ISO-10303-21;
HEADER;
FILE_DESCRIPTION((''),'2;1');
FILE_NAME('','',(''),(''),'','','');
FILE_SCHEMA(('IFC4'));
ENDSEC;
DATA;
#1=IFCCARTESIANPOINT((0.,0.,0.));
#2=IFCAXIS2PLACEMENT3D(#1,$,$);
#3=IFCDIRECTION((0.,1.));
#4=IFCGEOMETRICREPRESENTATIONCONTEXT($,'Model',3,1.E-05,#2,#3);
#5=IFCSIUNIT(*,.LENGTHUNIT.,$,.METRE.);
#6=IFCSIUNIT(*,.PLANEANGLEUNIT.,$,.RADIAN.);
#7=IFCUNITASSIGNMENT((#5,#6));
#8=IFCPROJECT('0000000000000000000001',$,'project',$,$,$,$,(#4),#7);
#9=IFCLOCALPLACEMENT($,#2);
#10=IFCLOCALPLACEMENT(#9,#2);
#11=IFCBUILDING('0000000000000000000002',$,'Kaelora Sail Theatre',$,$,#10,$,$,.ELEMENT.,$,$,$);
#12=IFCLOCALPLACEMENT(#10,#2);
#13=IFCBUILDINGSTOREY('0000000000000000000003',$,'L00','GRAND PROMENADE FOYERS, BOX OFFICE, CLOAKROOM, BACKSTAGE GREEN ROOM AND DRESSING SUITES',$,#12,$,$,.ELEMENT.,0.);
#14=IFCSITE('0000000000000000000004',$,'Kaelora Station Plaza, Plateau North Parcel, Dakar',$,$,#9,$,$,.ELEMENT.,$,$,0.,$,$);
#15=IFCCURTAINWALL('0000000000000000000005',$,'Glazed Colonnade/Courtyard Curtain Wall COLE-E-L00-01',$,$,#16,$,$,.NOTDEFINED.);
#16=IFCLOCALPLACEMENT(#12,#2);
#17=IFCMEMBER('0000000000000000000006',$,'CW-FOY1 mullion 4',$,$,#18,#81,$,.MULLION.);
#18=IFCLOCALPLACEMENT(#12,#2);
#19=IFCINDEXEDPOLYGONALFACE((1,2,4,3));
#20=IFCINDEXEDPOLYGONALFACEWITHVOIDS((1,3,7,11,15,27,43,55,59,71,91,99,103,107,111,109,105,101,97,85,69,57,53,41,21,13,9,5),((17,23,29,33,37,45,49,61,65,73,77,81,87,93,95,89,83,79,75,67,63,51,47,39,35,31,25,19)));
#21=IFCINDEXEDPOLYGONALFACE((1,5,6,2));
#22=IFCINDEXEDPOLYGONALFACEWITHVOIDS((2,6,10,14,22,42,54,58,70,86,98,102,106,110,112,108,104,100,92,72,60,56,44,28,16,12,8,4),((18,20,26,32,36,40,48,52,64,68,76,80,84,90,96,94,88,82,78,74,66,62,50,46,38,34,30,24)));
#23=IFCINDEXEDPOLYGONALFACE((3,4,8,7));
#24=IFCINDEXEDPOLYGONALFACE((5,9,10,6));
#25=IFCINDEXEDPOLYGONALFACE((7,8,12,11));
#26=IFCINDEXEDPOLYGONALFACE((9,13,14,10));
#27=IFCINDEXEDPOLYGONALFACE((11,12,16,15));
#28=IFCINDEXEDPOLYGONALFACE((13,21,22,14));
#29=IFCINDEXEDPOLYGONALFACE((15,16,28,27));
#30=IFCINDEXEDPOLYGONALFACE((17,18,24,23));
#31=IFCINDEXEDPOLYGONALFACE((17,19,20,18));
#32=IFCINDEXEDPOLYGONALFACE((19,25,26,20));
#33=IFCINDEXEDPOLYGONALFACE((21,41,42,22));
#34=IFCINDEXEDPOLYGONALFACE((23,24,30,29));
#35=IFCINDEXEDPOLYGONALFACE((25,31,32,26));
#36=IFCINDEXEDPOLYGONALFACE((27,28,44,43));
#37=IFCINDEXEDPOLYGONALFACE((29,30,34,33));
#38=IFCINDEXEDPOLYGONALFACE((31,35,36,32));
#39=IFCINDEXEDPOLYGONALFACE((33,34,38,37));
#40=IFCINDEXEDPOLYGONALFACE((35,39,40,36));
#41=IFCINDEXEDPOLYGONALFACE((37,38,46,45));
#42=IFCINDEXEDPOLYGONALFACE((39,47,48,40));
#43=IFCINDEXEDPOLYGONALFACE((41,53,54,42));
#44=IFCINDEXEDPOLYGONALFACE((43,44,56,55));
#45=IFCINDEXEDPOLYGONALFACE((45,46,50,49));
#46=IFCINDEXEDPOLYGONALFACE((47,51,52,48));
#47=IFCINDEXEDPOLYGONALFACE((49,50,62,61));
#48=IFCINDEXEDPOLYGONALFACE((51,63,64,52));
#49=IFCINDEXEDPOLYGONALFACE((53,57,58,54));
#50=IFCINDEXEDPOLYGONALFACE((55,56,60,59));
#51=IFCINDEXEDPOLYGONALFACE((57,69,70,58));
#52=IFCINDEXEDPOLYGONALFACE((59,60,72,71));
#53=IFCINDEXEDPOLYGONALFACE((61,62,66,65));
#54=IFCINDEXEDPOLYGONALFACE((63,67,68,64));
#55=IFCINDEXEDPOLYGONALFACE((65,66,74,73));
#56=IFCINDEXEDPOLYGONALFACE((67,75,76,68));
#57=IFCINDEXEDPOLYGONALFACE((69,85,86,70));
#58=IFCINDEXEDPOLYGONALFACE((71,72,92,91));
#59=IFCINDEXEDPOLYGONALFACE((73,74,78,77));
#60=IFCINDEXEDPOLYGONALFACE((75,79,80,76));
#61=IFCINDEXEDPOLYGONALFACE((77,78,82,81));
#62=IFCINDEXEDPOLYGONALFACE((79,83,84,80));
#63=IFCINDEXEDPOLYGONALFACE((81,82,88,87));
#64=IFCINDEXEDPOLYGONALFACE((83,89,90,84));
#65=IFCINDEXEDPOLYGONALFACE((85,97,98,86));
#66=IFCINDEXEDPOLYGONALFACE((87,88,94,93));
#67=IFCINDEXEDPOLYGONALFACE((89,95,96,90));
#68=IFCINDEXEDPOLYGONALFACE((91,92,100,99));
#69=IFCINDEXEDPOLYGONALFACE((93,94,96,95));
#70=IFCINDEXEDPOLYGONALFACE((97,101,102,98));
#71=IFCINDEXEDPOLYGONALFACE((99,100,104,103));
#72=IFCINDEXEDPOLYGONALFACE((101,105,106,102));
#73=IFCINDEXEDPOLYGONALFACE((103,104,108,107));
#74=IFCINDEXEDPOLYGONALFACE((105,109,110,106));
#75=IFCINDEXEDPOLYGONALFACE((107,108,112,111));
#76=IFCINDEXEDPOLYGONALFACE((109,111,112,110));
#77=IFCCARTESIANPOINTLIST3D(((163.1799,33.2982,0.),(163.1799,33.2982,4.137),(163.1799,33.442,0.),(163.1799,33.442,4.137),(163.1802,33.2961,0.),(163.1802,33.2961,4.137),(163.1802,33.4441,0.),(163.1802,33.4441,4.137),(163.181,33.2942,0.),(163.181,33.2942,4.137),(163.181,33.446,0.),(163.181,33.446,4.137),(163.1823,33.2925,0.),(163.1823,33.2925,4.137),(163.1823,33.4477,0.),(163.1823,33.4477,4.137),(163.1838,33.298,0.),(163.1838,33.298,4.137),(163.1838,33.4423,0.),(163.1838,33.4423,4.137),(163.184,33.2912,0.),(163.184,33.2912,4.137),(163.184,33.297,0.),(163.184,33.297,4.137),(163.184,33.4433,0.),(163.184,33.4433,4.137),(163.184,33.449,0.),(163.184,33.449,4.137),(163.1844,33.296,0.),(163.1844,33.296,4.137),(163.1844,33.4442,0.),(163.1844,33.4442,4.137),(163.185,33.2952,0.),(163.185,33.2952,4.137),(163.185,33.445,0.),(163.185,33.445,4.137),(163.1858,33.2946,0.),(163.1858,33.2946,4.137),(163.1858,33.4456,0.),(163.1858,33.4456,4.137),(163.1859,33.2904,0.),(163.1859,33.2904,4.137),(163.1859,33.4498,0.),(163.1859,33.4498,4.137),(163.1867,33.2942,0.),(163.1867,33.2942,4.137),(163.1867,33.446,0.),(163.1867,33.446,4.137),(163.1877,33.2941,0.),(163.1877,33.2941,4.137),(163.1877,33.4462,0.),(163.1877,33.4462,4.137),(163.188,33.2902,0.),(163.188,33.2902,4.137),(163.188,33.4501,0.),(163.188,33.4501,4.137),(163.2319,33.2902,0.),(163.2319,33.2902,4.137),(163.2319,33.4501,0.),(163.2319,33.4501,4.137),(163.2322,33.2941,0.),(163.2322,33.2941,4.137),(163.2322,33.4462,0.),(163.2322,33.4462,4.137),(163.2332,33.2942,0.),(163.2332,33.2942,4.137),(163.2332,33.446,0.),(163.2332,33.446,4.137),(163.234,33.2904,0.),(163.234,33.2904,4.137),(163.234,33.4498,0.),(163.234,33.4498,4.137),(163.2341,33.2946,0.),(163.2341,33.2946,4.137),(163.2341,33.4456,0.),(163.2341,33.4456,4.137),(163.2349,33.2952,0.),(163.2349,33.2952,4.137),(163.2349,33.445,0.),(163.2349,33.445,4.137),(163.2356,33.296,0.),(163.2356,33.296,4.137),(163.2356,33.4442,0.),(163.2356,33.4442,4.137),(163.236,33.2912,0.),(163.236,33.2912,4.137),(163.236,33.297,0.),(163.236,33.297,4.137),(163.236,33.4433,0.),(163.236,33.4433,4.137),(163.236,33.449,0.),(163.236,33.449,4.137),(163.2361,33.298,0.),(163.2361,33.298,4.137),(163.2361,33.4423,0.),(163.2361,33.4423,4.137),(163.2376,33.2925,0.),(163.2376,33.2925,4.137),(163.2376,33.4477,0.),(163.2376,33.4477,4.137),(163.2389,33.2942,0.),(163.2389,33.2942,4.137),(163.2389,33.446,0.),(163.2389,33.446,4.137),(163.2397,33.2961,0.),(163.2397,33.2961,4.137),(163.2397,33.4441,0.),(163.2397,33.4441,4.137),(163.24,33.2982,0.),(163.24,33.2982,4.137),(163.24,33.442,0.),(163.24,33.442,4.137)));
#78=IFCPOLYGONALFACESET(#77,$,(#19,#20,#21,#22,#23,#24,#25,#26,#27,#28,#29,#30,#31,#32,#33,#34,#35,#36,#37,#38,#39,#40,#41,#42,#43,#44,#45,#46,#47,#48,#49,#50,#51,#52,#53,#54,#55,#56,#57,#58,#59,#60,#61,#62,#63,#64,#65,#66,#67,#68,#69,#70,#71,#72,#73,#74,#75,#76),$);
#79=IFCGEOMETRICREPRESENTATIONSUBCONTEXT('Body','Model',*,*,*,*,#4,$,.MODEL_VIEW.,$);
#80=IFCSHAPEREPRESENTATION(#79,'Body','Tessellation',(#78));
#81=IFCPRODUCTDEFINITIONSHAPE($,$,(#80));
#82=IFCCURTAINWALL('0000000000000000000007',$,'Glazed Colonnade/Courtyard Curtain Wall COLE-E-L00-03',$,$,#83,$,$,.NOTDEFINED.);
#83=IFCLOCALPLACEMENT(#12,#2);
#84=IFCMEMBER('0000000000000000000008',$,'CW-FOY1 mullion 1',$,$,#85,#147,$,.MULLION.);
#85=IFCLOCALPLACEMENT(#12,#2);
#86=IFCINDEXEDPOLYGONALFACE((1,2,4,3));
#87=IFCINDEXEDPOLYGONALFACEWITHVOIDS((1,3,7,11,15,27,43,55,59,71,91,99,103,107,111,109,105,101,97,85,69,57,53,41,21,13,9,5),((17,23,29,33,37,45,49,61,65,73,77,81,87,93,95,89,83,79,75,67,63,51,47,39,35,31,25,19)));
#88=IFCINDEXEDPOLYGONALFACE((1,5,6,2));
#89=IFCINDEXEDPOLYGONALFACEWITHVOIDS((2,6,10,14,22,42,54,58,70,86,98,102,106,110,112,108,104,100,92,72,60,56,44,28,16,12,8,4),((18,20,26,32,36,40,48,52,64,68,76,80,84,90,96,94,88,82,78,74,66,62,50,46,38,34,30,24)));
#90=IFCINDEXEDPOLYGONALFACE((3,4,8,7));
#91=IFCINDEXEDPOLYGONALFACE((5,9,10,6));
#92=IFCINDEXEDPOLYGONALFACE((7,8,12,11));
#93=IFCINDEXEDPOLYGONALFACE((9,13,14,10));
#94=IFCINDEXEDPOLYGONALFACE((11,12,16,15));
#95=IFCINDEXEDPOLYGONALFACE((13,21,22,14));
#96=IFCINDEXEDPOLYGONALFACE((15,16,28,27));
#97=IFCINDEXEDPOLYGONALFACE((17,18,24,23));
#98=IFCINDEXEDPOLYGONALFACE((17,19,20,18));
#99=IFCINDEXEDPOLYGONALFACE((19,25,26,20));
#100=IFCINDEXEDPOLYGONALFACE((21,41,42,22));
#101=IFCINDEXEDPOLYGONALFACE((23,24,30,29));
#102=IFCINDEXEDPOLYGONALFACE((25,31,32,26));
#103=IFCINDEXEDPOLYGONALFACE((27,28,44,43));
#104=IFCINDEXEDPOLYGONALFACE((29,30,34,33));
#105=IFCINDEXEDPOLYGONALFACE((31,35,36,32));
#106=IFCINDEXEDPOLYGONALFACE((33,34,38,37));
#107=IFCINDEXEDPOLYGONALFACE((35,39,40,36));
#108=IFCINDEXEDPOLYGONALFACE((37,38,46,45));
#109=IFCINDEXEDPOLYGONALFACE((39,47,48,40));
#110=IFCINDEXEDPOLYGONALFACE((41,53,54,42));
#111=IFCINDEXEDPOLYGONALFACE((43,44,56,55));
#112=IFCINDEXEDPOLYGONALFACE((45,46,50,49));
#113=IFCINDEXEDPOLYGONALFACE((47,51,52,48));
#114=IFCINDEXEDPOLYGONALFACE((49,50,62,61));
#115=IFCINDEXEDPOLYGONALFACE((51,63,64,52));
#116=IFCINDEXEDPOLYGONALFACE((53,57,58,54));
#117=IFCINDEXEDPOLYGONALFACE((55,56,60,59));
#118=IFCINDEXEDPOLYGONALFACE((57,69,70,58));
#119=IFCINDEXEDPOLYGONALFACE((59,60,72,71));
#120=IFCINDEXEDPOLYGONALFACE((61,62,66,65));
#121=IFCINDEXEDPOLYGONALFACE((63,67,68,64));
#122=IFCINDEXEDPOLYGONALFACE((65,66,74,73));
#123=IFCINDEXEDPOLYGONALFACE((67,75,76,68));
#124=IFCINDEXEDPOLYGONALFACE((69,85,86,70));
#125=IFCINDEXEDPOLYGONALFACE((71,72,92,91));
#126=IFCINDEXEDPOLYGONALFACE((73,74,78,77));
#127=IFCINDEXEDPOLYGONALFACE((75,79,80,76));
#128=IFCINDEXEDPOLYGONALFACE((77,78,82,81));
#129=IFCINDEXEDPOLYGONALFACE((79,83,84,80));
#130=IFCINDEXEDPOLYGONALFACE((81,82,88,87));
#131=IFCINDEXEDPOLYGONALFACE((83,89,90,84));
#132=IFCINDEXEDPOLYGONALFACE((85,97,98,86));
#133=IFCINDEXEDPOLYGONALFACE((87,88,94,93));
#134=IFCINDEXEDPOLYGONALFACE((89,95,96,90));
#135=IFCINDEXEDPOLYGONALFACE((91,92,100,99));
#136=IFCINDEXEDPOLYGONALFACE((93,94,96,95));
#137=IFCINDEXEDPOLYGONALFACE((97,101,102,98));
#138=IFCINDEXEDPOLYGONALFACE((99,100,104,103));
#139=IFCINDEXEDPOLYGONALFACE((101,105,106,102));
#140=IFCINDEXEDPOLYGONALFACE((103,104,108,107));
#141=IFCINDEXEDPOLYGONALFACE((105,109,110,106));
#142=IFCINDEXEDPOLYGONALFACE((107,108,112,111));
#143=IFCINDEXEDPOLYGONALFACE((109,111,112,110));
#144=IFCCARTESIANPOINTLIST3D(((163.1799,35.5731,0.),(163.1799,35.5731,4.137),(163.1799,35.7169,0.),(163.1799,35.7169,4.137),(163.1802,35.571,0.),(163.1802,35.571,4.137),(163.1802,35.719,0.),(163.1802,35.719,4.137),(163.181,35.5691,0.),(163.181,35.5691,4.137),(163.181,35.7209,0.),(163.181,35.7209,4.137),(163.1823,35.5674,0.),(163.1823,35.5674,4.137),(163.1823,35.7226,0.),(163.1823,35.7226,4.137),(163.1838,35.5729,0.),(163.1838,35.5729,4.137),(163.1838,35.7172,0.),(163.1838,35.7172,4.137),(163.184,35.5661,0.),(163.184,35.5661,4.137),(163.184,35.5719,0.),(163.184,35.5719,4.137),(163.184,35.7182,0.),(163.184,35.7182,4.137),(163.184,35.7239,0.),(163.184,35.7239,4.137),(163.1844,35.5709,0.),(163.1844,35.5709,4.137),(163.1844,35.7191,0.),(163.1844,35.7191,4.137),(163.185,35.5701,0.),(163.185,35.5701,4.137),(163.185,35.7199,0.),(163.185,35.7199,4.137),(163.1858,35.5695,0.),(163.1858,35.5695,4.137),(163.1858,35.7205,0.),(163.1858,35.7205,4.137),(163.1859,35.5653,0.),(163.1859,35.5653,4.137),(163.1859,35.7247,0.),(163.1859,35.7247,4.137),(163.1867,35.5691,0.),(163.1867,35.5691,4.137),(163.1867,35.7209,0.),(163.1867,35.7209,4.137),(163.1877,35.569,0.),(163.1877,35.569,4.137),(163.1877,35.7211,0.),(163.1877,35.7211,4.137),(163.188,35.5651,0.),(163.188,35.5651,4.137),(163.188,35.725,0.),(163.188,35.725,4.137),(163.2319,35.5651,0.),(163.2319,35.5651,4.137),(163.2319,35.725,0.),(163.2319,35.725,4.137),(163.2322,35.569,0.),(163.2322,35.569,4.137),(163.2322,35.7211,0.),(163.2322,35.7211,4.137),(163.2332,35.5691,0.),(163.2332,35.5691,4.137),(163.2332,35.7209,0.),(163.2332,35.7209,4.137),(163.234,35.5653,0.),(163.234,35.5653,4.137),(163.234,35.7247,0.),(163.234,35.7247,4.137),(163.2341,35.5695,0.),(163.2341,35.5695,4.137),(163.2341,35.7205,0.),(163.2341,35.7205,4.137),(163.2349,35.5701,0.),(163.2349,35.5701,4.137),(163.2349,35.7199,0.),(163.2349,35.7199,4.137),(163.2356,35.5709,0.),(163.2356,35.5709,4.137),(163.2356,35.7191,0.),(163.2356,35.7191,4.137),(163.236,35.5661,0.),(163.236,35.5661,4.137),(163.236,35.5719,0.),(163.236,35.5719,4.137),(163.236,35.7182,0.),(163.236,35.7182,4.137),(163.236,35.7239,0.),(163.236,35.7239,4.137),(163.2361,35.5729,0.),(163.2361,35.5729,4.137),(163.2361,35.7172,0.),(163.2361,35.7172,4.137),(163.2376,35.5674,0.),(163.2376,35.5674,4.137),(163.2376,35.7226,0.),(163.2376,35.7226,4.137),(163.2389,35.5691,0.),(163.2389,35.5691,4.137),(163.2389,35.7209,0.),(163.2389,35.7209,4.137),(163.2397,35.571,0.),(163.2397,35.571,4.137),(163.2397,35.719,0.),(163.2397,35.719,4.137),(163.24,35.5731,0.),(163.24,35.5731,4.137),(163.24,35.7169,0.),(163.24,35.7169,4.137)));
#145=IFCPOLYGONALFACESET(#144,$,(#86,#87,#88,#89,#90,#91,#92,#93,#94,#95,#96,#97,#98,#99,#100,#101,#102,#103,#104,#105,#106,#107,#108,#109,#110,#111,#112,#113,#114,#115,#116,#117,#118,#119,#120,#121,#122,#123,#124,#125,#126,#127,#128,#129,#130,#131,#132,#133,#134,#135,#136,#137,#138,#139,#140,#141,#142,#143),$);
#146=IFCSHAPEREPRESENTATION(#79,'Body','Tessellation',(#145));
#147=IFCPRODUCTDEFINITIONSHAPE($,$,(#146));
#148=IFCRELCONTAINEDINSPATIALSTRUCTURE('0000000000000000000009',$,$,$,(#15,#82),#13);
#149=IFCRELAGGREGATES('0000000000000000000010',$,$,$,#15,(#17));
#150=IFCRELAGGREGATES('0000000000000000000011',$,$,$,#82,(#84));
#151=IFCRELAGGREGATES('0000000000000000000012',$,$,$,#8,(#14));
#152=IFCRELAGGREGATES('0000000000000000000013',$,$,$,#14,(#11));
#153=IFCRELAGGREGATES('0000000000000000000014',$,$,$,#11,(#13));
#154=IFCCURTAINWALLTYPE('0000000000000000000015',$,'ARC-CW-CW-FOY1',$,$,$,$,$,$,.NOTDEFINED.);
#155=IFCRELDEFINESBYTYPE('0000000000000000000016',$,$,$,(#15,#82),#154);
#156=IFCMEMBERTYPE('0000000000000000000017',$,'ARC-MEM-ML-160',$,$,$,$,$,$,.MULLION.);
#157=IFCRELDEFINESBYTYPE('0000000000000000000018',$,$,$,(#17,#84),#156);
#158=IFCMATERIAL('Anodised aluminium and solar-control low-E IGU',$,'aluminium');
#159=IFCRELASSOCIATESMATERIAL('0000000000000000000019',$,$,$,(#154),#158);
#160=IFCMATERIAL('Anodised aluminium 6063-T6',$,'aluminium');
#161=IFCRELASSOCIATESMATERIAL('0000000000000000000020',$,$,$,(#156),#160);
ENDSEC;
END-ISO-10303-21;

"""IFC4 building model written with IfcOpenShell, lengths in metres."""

from ifc_helpers import new_model, si_unit, direction, frame, origin, origin_2d, place, context, subcontext, project, spatial, hollow_rectangle, extrude, material, material_profile, profile_set, type_object, element, aggregate, save


model = new_model("IFC4")

# Units and contexts
model_context = context("Model", 3, precision=1e-05, world=origin(), true_north=direction((0.0, 1.0)))
body_context = subcontext(model_context, "Body", "Model", "MODEL_VIEW")
ifc_project = project(units=[si_unit("LENGTHUNIT", "METRE"), si_unit("PLANEANGLEUNIT", "RADIAN")], contexts=[model_context])

# Site, building, storey
site_placement = place(None, origin())
site = spatial("IfcSite", under=ifc_project, at=site_placement, Name="Kaelora Station Plaza, Plateau North Parcel, Dakar", CompositionType="ELEMENT", RefElevation=0.0)
building_placement = place(site_placement, origin())
building = spatial("IfcBuilding", under=site, at=building_placement, Name="Kaelora Sail Theatre", CompositionType="ELEMENT")
storey_placement = place(building_placement, origin())
storey = spatial("IfcBuildingStorey", under=building, at=storey_placement, Name="L00", Description="GRAND PROMENADE FOYERS, BOX OFFICE, CLOAKROOM, BACKSTAGE GREEN ROOM AND DRESSING SUITES", CompositionType="ELEMENT", Elevation=0.0)

# Curtain wall, member
ifc_material_1 = material(Name="Anodised aluminium and solar-control low-E IGU", Category="aluminium")
curtain_wall_type = type_object("IfcCurtainWallType", Name="ARC-CW-CW-FOY1", PredefinedType="NOTDEFINED", material=ifc_material_1)
curtain_wall_1_placement = place(storey_placement, origin())
curtain_wall_1 = element("IfcCurtainWall", 1, at=curtain_wall_1_placement, inside=storey, type_object=curtain_wall_type, Name="Glazed Colonnade/Courtyard Curtain Wall COLE-E-L00-01", PredefinedType="NOTDEFINED")
ifc_material_2 = material(Name="Anodised aluminium 6063-T6", Category="aluminium")
ifc_material_profile_1 = material_profile(ifc_material_2, hollow_rectangle(XDim=0.0601, YDim=0.1599, WallThickness=0.0039, InnerFilletRadius=0.0039, OuterFilletRadius=0.0081, at=origin_2d()), Name="ALU-MULL 60x160x4")
ifc_profile_set_1 = profile_set([ifc_material_profile_1], Name="Anodised aluminium 6063-T6")
member_type_1 = type_object("IfcMemberType", Name="ARC-MEM-ML-160", PredefinedType="MULLION", material=ifc_profile_set_1)
member_1_placement = place(storey_placement, frame((163.21, 33.3701, 0.0), z_axis=(0.0, 0.0, 1.0), x_axis=(-1.0, 0.0, 0.0)))
member_1 = element("IfcMember", 2, at=member_1_placement, type_object=member_type_1, Name="CW-FOY1 mullion 4", PredefinedType="MULLION", context=body_context, shape_type="SweptSolid", body=[
    extrude(hollow_rectangle(XDim=0.0601, YDim=0.1599, WallThickness=0.0039, InnerFilletRadius=0.0039, OuterFilletRadius=0.0081, at=origin_2d()), origin(), (0.0, 0.0, 1.0), 4.137),
])
aggregate(curtain_wall_1, [member_1])

# Curtain wall, member
curtain_wall_2_placement = place(storey_placement, origin())
curtain_wall_2 = element("IfcCurtainWall", 3, at=curtain_wall_2_placement, inside=storey, type_object=curtain_wall_type, Name="Glazed Colonnade/Courtyard Curtain Wall COLE-E-L00-03", PredefinedType="NOTDEFINED")
member_2_placement = place(storey_placement, frame((163.21, 35.645, 0.0), z_axis=(0.0, 0.0, 1.0), x_axis=(-1.0, 0.0, 0.0)))
member_2 = element("IfcMember", 4, at=member_2_placement, type_object=member_type_1, Name="CW-FOY1 mullion 1", PredefinedType="MULLION", context=body_context, shape_type="SweptSolid", body=[
    extrude(hollow_rectangle(XDim=0.0601, YDim=0.1599, WallThickness=0.0039, InnerFilletRadius=0.0039, OuterFilletRadius=0.0081, at=origin_2d()), origin(), (0.0, 0.0, 1.0), 4.137),
])
aggregate(curtain_wall_2, [member_2])

save(model, "model.ifc")
